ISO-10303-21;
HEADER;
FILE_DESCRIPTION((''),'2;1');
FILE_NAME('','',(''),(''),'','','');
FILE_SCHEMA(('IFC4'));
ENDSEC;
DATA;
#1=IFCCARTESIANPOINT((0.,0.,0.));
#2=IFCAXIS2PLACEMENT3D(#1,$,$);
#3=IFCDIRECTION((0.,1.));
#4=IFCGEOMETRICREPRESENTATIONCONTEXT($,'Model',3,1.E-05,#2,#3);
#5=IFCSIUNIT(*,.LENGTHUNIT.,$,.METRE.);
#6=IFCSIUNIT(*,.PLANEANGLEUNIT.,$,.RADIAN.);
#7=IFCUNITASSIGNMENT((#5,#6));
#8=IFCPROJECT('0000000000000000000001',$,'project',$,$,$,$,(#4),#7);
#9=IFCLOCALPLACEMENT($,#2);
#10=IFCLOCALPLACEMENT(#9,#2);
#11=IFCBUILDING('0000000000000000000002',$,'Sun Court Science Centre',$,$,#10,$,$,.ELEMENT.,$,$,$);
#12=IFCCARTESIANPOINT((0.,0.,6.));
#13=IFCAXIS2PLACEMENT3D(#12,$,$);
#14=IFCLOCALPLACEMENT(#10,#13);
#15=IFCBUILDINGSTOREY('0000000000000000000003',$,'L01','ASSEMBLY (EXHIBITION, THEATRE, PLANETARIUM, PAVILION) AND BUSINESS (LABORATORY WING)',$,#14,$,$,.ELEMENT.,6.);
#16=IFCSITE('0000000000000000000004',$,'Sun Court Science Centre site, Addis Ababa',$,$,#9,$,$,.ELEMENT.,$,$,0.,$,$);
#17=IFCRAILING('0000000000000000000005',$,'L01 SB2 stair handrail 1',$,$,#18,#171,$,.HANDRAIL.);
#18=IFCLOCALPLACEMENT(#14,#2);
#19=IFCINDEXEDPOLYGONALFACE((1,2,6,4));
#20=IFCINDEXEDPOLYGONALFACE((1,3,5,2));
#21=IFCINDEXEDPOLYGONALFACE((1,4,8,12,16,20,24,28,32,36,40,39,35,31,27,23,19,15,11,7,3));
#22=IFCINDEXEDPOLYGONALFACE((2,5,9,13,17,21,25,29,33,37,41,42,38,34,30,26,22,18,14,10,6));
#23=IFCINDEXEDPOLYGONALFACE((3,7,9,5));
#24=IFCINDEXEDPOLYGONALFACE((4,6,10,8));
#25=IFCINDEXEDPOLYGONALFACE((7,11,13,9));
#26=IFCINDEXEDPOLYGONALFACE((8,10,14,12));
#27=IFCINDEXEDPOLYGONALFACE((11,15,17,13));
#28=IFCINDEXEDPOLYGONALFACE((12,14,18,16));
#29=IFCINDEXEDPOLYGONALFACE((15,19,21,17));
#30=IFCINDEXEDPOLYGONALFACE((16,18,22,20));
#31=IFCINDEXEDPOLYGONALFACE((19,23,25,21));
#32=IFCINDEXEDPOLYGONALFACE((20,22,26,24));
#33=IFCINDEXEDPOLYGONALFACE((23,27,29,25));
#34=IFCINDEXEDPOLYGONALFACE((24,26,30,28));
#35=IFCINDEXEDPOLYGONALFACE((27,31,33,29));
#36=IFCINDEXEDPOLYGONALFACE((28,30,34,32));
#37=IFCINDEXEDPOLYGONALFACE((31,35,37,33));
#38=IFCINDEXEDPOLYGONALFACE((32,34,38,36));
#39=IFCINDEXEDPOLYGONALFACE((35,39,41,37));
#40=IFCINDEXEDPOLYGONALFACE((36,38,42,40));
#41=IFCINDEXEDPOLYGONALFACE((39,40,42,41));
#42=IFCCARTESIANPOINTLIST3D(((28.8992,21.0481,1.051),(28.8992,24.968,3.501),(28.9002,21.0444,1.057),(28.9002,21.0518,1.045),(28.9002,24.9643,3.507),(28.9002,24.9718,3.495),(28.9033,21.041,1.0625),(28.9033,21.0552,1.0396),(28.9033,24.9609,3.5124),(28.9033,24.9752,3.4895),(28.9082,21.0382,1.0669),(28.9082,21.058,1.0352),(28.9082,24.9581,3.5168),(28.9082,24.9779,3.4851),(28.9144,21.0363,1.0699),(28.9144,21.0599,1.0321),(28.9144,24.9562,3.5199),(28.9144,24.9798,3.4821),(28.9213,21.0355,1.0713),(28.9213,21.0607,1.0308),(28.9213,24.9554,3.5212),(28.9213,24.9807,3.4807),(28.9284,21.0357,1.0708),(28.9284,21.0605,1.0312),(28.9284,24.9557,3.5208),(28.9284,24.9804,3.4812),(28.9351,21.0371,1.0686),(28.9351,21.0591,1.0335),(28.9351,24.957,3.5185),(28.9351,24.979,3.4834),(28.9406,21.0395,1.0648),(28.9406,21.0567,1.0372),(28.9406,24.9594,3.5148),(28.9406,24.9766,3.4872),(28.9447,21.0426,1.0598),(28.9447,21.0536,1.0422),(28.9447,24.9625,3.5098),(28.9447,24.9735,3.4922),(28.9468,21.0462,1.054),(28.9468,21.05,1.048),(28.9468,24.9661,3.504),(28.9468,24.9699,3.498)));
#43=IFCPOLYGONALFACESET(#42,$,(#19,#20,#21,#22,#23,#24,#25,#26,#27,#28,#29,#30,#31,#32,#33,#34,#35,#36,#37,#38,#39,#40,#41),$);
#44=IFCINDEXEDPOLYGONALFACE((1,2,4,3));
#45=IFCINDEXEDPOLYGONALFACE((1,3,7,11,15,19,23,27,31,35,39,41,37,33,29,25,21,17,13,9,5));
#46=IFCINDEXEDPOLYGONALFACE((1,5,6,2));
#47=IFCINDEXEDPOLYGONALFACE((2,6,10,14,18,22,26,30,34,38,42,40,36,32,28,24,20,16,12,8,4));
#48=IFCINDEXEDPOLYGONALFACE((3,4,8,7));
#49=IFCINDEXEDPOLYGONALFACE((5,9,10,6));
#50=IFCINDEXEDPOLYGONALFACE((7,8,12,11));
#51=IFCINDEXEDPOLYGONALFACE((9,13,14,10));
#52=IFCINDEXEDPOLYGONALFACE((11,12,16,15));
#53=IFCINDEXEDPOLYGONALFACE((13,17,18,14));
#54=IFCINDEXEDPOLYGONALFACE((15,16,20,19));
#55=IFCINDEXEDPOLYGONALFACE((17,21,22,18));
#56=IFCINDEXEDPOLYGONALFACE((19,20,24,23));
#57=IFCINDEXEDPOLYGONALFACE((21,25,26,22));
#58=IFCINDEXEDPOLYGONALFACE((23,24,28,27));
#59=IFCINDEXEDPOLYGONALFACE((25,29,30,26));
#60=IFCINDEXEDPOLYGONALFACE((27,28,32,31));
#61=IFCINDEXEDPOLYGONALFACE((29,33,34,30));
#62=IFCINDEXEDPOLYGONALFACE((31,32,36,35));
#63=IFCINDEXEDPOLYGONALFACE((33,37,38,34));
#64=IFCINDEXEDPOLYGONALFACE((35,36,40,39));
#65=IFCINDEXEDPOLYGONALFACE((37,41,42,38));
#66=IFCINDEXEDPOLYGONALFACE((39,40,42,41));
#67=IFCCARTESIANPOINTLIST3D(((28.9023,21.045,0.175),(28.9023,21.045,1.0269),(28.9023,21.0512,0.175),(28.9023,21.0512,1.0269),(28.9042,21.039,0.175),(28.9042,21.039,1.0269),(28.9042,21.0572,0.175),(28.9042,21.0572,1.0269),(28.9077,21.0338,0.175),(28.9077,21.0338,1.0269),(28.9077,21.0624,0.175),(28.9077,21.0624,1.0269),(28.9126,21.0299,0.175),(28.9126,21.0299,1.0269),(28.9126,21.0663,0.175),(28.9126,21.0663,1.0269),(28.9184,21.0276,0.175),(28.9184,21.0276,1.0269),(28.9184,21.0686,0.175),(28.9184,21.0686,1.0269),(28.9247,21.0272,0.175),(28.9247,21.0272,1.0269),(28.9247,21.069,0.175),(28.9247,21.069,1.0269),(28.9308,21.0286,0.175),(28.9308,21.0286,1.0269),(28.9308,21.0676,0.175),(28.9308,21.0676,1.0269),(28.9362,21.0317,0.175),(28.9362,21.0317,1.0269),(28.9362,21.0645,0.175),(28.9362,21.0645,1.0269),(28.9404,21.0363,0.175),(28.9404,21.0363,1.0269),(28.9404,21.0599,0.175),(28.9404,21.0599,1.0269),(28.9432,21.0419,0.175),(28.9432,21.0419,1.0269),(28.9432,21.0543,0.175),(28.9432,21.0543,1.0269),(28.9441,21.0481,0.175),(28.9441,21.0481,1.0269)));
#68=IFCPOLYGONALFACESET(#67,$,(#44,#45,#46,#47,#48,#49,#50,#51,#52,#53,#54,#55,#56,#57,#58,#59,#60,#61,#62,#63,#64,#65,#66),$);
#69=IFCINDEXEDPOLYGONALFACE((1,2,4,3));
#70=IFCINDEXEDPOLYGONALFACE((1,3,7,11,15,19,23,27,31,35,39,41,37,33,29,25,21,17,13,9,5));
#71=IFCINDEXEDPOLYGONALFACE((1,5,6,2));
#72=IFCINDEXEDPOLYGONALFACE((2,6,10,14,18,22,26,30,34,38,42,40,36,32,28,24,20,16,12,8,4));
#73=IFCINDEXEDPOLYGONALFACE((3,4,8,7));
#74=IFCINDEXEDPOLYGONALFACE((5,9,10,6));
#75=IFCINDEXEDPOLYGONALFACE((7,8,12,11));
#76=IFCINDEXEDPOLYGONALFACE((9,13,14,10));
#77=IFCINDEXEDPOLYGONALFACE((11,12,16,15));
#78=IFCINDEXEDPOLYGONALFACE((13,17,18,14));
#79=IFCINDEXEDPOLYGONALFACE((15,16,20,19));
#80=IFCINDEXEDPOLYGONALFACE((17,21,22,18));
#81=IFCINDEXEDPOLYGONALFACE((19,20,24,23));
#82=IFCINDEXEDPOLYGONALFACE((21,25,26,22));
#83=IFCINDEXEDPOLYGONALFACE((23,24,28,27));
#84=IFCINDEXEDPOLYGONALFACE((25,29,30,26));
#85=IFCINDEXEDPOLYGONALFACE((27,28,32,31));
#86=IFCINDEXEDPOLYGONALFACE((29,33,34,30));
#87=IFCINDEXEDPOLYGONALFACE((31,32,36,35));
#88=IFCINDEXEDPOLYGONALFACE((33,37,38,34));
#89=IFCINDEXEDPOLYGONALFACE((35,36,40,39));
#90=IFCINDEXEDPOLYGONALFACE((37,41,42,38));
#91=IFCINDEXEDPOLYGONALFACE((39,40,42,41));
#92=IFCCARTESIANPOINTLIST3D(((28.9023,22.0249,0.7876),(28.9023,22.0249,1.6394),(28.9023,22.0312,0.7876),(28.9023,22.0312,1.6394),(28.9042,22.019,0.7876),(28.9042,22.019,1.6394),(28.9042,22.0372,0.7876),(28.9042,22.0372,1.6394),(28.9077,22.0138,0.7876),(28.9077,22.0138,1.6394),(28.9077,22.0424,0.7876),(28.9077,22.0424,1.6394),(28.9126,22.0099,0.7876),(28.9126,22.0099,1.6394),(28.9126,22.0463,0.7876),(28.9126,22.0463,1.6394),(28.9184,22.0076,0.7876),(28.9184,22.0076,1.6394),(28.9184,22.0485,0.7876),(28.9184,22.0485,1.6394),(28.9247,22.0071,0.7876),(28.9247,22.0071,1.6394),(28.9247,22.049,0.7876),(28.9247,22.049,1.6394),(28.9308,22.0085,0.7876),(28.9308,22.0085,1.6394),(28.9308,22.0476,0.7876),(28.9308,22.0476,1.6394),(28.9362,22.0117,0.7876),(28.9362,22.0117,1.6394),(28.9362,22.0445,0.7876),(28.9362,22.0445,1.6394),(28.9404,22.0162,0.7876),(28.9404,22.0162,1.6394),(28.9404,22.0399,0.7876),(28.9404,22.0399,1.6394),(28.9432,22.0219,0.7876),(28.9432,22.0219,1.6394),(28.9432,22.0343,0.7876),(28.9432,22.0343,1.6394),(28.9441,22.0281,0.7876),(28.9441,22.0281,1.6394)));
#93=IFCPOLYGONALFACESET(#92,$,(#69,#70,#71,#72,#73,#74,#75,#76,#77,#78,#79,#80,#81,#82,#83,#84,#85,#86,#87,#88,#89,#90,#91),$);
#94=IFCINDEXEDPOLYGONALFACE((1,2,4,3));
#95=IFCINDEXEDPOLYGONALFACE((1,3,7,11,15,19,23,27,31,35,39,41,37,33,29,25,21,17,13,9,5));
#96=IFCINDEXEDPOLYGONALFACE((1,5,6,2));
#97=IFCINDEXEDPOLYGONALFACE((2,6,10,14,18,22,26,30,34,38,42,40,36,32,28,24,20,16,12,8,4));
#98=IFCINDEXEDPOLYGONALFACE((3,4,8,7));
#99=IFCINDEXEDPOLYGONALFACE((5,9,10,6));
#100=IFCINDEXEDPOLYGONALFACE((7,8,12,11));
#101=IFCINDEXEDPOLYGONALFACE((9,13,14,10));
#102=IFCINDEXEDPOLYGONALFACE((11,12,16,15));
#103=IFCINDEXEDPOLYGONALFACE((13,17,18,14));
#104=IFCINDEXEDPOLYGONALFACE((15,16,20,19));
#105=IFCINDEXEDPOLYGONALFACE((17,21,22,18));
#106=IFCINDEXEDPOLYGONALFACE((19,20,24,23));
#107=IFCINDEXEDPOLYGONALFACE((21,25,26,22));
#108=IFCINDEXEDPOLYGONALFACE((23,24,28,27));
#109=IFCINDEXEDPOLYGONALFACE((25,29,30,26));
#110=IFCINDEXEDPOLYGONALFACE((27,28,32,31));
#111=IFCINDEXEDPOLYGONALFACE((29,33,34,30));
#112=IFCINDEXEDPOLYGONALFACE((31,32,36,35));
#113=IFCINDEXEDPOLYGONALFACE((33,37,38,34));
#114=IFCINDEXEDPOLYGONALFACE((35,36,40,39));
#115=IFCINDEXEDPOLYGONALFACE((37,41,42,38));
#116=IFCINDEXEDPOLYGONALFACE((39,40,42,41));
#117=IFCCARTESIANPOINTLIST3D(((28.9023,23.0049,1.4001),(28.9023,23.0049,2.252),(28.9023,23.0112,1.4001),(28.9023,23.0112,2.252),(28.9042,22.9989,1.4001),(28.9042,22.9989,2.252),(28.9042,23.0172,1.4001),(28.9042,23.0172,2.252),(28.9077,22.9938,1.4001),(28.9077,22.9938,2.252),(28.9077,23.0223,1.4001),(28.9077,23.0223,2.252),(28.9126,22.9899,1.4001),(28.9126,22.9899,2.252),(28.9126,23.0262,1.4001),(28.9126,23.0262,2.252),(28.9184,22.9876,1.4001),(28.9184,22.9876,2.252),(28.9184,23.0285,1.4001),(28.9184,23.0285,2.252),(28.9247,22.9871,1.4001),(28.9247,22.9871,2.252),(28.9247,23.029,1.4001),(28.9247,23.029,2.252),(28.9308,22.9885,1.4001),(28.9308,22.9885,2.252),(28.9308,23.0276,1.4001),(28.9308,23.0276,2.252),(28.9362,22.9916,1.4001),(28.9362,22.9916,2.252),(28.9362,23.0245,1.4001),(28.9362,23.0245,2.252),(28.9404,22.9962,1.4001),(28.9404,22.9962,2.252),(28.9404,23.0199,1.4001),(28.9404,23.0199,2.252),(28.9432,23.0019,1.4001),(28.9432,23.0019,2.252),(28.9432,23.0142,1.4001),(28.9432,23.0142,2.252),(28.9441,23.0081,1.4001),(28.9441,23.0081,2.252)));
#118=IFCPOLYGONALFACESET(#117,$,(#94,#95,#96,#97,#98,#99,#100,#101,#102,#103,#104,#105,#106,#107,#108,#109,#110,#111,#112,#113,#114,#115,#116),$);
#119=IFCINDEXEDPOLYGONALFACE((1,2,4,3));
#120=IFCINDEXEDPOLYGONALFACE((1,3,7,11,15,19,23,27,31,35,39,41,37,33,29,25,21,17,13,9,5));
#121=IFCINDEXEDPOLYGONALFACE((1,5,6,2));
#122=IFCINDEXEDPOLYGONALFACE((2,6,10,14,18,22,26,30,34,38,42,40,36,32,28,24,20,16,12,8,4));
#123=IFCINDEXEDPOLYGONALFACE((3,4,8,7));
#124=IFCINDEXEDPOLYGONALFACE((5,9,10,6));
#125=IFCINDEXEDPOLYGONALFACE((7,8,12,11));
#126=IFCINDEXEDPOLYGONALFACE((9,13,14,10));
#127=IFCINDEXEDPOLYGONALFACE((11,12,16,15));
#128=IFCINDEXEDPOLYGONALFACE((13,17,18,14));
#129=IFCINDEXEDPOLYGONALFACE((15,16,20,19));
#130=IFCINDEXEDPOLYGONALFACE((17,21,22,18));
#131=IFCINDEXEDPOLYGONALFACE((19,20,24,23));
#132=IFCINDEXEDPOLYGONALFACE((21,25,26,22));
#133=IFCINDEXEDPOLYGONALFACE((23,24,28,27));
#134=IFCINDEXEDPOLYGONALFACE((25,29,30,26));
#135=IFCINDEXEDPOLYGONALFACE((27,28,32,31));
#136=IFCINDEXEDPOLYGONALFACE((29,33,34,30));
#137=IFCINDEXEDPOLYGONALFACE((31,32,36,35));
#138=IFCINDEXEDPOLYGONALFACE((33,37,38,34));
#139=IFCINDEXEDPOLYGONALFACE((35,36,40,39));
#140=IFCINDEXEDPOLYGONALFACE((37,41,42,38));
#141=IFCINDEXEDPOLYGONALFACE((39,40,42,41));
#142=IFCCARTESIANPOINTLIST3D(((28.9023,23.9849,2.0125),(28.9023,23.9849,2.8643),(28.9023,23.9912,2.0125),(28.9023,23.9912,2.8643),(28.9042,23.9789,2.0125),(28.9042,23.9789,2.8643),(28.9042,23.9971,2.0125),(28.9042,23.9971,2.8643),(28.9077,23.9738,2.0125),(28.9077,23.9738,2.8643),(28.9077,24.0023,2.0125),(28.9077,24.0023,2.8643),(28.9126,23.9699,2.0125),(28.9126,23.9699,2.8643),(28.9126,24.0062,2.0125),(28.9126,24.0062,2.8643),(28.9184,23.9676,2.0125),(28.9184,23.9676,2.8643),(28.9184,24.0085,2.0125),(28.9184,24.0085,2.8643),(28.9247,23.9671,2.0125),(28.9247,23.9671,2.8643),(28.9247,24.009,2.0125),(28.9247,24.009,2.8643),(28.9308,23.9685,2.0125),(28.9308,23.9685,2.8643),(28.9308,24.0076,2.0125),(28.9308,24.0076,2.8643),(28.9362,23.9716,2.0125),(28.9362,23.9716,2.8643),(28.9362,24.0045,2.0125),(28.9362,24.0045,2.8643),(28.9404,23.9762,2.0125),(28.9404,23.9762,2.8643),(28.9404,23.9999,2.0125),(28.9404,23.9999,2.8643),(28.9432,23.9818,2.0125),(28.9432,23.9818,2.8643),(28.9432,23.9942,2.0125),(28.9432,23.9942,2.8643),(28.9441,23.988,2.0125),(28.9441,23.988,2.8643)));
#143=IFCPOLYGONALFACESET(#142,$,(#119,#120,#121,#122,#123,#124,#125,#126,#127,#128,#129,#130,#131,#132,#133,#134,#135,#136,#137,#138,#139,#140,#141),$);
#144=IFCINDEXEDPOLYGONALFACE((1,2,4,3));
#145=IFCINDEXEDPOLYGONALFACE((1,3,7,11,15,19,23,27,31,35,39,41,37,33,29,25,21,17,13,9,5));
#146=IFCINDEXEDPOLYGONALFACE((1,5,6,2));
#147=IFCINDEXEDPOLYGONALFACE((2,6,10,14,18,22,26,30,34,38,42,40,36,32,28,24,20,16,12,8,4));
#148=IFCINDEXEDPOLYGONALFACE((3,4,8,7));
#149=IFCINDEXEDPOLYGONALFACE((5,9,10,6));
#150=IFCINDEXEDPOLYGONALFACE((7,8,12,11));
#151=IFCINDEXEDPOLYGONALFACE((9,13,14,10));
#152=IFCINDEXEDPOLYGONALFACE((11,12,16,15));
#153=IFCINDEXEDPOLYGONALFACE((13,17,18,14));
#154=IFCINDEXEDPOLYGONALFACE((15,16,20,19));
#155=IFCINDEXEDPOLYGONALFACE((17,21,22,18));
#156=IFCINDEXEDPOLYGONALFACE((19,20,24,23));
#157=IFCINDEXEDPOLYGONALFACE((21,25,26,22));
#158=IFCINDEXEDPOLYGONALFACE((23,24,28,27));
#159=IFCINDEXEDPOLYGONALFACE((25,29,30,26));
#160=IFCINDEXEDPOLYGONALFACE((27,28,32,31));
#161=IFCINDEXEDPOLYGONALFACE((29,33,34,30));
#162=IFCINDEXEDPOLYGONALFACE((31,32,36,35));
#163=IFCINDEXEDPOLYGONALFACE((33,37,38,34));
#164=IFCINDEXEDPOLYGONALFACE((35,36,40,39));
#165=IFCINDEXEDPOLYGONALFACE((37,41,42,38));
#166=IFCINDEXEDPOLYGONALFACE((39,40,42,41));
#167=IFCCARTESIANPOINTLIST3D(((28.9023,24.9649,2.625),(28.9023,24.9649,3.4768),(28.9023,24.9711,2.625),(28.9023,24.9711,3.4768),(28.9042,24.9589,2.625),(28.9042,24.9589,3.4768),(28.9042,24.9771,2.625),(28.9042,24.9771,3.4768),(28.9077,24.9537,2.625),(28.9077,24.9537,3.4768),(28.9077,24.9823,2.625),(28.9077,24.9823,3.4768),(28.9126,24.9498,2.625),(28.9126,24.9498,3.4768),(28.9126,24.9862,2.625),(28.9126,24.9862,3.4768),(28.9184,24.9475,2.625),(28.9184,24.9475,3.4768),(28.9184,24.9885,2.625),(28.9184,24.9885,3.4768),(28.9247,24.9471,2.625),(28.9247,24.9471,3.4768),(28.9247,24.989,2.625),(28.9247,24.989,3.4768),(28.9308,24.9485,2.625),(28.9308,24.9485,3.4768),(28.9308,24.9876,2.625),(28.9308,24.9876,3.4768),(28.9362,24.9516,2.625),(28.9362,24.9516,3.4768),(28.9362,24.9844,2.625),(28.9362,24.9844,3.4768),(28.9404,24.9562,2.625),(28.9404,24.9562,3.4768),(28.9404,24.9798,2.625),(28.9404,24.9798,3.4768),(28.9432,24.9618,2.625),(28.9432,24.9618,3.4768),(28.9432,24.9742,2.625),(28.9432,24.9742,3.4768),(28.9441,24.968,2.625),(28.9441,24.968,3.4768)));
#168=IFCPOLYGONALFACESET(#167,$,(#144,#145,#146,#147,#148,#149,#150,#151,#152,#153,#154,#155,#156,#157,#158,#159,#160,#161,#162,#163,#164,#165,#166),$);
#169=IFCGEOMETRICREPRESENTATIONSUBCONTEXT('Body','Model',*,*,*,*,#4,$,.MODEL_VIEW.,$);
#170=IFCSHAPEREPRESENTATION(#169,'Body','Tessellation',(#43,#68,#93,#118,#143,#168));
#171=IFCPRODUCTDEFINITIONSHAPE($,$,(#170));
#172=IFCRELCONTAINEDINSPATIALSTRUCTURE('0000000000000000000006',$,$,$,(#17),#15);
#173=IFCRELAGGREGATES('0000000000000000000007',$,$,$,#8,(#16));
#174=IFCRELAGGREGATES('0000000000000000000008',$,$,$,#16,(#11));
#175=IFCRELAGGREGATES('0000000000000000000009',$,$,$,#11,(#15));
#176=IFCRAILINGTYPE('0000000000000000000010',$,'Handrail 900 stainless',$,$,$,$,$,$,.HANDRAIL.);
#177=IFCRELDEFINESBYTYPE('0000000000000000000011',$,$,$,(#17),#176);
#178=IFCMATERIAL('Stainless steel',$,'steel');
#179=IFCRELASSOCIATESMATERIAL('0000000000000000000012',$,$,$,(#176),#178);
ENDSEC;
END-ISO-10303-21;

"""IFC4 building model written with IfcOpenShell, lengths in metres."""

from ifc_helpers import new_model, si_unit, direction, frame, origin, origin_2d, place, context, subcontext, project, spatial, circle, extrude, material, type_object, element, save


model = new_model("IFC4")

# Units and contexts
model_context = context("Model", 3, precision=1e-05, world=origin(), true_north=direction((0.0, 1.0)))
body_context = subcontext(model_context, "Body", "Model", "MODEL_VIEW")
ifc_project = project(units=[si_unit("LENGTHUNIT", "METRE"), si_unit("PLANEANGLEUNIT", "RADIAN")], contexts=[model_context])

# Site, building, storey
site_placement = place(None, origin())
site = spatial("IfcSite", under=ifc_project, at=site_placement, Name="Sun Court Science Centre site, Addis Ababa", CompositionType="ELEMENT", RefElevation=0.0)
building_placement = place(site_placement, origin())
building = spatial("IfcBuilding", under=site, at=building_placement, Name="Sun Court Science Centre", CompositionType="ELEMENT")
storey_placement = place(building_placement, frame((0.0, 0.0, 6.0)))
storey = spatial("IfcBuildingStorey", under=building, at=storey_placement, Name="L01", Description="ASSEMBLY (EXHIBITION, THEATRE, PLANETARIUM, PAVILION) AND BUSINESS (LABORATORY WING)", CompositionType="ELEMENT", Elevation=6.0)

# Railing
ifc_material_1 = material(Name="Stainless steel", Category="steel")
railing_type_1 = type_object("IfcRailingType", Name="Handrail 900 stainless", PredefinedType="HANDRAIL", material=ifc_material_1)
railing_1_placement = place(storey_placement, frame((28.9231, 21.0481, 0.175)))
element("IfcRailing", 1, at=railing_1_placement, inside=storey, type_object=railing_type_1, Name="L01 SB2 stair handrail 1", PredefinedType="HANDRAIL", context=body_context, shape_type="SweptSolid", body=[
    extrude(circle(Radius=0.0239, at=origin_2d()), frame((0.0, 0.0, 0.876), z_axis=(0.0, 0.847998, 0.529999), x_axis=(-1.0, 0.0, 0.0)), (0.0, 0.0, 1.0), 4.6226),
    extrude(circle(Radius=0.021, at=origin_2d()), origin(), (0.0, 0.0, 1.0), 0.8518),
    extrude(circle(Radius=0.021, at=origin_2d()), frame((0.0, 0.98, 0.6125)), (0.0, 0.0, 1.0), 0.8518),
    extrude(circle(Radius=0.021, at=origin_2d()), frame((0.0, 1.96, 1.2251)), (0.0, 0.0, 1.0), 0.8518),
    extrude(circle(Radius=0.021, at=origin_2d()), frame((0.0, 2.9399, 1.8374)), (0.0, 0.0, 1.0), 0.8518),
    extrude(circle(Radius=0.021, at=origin_2d()), frame((0.0, 3.9199, 2.45)), (0.0, 0.0, 1.0), 0.8518),
])

save(model, "model.ifc")
